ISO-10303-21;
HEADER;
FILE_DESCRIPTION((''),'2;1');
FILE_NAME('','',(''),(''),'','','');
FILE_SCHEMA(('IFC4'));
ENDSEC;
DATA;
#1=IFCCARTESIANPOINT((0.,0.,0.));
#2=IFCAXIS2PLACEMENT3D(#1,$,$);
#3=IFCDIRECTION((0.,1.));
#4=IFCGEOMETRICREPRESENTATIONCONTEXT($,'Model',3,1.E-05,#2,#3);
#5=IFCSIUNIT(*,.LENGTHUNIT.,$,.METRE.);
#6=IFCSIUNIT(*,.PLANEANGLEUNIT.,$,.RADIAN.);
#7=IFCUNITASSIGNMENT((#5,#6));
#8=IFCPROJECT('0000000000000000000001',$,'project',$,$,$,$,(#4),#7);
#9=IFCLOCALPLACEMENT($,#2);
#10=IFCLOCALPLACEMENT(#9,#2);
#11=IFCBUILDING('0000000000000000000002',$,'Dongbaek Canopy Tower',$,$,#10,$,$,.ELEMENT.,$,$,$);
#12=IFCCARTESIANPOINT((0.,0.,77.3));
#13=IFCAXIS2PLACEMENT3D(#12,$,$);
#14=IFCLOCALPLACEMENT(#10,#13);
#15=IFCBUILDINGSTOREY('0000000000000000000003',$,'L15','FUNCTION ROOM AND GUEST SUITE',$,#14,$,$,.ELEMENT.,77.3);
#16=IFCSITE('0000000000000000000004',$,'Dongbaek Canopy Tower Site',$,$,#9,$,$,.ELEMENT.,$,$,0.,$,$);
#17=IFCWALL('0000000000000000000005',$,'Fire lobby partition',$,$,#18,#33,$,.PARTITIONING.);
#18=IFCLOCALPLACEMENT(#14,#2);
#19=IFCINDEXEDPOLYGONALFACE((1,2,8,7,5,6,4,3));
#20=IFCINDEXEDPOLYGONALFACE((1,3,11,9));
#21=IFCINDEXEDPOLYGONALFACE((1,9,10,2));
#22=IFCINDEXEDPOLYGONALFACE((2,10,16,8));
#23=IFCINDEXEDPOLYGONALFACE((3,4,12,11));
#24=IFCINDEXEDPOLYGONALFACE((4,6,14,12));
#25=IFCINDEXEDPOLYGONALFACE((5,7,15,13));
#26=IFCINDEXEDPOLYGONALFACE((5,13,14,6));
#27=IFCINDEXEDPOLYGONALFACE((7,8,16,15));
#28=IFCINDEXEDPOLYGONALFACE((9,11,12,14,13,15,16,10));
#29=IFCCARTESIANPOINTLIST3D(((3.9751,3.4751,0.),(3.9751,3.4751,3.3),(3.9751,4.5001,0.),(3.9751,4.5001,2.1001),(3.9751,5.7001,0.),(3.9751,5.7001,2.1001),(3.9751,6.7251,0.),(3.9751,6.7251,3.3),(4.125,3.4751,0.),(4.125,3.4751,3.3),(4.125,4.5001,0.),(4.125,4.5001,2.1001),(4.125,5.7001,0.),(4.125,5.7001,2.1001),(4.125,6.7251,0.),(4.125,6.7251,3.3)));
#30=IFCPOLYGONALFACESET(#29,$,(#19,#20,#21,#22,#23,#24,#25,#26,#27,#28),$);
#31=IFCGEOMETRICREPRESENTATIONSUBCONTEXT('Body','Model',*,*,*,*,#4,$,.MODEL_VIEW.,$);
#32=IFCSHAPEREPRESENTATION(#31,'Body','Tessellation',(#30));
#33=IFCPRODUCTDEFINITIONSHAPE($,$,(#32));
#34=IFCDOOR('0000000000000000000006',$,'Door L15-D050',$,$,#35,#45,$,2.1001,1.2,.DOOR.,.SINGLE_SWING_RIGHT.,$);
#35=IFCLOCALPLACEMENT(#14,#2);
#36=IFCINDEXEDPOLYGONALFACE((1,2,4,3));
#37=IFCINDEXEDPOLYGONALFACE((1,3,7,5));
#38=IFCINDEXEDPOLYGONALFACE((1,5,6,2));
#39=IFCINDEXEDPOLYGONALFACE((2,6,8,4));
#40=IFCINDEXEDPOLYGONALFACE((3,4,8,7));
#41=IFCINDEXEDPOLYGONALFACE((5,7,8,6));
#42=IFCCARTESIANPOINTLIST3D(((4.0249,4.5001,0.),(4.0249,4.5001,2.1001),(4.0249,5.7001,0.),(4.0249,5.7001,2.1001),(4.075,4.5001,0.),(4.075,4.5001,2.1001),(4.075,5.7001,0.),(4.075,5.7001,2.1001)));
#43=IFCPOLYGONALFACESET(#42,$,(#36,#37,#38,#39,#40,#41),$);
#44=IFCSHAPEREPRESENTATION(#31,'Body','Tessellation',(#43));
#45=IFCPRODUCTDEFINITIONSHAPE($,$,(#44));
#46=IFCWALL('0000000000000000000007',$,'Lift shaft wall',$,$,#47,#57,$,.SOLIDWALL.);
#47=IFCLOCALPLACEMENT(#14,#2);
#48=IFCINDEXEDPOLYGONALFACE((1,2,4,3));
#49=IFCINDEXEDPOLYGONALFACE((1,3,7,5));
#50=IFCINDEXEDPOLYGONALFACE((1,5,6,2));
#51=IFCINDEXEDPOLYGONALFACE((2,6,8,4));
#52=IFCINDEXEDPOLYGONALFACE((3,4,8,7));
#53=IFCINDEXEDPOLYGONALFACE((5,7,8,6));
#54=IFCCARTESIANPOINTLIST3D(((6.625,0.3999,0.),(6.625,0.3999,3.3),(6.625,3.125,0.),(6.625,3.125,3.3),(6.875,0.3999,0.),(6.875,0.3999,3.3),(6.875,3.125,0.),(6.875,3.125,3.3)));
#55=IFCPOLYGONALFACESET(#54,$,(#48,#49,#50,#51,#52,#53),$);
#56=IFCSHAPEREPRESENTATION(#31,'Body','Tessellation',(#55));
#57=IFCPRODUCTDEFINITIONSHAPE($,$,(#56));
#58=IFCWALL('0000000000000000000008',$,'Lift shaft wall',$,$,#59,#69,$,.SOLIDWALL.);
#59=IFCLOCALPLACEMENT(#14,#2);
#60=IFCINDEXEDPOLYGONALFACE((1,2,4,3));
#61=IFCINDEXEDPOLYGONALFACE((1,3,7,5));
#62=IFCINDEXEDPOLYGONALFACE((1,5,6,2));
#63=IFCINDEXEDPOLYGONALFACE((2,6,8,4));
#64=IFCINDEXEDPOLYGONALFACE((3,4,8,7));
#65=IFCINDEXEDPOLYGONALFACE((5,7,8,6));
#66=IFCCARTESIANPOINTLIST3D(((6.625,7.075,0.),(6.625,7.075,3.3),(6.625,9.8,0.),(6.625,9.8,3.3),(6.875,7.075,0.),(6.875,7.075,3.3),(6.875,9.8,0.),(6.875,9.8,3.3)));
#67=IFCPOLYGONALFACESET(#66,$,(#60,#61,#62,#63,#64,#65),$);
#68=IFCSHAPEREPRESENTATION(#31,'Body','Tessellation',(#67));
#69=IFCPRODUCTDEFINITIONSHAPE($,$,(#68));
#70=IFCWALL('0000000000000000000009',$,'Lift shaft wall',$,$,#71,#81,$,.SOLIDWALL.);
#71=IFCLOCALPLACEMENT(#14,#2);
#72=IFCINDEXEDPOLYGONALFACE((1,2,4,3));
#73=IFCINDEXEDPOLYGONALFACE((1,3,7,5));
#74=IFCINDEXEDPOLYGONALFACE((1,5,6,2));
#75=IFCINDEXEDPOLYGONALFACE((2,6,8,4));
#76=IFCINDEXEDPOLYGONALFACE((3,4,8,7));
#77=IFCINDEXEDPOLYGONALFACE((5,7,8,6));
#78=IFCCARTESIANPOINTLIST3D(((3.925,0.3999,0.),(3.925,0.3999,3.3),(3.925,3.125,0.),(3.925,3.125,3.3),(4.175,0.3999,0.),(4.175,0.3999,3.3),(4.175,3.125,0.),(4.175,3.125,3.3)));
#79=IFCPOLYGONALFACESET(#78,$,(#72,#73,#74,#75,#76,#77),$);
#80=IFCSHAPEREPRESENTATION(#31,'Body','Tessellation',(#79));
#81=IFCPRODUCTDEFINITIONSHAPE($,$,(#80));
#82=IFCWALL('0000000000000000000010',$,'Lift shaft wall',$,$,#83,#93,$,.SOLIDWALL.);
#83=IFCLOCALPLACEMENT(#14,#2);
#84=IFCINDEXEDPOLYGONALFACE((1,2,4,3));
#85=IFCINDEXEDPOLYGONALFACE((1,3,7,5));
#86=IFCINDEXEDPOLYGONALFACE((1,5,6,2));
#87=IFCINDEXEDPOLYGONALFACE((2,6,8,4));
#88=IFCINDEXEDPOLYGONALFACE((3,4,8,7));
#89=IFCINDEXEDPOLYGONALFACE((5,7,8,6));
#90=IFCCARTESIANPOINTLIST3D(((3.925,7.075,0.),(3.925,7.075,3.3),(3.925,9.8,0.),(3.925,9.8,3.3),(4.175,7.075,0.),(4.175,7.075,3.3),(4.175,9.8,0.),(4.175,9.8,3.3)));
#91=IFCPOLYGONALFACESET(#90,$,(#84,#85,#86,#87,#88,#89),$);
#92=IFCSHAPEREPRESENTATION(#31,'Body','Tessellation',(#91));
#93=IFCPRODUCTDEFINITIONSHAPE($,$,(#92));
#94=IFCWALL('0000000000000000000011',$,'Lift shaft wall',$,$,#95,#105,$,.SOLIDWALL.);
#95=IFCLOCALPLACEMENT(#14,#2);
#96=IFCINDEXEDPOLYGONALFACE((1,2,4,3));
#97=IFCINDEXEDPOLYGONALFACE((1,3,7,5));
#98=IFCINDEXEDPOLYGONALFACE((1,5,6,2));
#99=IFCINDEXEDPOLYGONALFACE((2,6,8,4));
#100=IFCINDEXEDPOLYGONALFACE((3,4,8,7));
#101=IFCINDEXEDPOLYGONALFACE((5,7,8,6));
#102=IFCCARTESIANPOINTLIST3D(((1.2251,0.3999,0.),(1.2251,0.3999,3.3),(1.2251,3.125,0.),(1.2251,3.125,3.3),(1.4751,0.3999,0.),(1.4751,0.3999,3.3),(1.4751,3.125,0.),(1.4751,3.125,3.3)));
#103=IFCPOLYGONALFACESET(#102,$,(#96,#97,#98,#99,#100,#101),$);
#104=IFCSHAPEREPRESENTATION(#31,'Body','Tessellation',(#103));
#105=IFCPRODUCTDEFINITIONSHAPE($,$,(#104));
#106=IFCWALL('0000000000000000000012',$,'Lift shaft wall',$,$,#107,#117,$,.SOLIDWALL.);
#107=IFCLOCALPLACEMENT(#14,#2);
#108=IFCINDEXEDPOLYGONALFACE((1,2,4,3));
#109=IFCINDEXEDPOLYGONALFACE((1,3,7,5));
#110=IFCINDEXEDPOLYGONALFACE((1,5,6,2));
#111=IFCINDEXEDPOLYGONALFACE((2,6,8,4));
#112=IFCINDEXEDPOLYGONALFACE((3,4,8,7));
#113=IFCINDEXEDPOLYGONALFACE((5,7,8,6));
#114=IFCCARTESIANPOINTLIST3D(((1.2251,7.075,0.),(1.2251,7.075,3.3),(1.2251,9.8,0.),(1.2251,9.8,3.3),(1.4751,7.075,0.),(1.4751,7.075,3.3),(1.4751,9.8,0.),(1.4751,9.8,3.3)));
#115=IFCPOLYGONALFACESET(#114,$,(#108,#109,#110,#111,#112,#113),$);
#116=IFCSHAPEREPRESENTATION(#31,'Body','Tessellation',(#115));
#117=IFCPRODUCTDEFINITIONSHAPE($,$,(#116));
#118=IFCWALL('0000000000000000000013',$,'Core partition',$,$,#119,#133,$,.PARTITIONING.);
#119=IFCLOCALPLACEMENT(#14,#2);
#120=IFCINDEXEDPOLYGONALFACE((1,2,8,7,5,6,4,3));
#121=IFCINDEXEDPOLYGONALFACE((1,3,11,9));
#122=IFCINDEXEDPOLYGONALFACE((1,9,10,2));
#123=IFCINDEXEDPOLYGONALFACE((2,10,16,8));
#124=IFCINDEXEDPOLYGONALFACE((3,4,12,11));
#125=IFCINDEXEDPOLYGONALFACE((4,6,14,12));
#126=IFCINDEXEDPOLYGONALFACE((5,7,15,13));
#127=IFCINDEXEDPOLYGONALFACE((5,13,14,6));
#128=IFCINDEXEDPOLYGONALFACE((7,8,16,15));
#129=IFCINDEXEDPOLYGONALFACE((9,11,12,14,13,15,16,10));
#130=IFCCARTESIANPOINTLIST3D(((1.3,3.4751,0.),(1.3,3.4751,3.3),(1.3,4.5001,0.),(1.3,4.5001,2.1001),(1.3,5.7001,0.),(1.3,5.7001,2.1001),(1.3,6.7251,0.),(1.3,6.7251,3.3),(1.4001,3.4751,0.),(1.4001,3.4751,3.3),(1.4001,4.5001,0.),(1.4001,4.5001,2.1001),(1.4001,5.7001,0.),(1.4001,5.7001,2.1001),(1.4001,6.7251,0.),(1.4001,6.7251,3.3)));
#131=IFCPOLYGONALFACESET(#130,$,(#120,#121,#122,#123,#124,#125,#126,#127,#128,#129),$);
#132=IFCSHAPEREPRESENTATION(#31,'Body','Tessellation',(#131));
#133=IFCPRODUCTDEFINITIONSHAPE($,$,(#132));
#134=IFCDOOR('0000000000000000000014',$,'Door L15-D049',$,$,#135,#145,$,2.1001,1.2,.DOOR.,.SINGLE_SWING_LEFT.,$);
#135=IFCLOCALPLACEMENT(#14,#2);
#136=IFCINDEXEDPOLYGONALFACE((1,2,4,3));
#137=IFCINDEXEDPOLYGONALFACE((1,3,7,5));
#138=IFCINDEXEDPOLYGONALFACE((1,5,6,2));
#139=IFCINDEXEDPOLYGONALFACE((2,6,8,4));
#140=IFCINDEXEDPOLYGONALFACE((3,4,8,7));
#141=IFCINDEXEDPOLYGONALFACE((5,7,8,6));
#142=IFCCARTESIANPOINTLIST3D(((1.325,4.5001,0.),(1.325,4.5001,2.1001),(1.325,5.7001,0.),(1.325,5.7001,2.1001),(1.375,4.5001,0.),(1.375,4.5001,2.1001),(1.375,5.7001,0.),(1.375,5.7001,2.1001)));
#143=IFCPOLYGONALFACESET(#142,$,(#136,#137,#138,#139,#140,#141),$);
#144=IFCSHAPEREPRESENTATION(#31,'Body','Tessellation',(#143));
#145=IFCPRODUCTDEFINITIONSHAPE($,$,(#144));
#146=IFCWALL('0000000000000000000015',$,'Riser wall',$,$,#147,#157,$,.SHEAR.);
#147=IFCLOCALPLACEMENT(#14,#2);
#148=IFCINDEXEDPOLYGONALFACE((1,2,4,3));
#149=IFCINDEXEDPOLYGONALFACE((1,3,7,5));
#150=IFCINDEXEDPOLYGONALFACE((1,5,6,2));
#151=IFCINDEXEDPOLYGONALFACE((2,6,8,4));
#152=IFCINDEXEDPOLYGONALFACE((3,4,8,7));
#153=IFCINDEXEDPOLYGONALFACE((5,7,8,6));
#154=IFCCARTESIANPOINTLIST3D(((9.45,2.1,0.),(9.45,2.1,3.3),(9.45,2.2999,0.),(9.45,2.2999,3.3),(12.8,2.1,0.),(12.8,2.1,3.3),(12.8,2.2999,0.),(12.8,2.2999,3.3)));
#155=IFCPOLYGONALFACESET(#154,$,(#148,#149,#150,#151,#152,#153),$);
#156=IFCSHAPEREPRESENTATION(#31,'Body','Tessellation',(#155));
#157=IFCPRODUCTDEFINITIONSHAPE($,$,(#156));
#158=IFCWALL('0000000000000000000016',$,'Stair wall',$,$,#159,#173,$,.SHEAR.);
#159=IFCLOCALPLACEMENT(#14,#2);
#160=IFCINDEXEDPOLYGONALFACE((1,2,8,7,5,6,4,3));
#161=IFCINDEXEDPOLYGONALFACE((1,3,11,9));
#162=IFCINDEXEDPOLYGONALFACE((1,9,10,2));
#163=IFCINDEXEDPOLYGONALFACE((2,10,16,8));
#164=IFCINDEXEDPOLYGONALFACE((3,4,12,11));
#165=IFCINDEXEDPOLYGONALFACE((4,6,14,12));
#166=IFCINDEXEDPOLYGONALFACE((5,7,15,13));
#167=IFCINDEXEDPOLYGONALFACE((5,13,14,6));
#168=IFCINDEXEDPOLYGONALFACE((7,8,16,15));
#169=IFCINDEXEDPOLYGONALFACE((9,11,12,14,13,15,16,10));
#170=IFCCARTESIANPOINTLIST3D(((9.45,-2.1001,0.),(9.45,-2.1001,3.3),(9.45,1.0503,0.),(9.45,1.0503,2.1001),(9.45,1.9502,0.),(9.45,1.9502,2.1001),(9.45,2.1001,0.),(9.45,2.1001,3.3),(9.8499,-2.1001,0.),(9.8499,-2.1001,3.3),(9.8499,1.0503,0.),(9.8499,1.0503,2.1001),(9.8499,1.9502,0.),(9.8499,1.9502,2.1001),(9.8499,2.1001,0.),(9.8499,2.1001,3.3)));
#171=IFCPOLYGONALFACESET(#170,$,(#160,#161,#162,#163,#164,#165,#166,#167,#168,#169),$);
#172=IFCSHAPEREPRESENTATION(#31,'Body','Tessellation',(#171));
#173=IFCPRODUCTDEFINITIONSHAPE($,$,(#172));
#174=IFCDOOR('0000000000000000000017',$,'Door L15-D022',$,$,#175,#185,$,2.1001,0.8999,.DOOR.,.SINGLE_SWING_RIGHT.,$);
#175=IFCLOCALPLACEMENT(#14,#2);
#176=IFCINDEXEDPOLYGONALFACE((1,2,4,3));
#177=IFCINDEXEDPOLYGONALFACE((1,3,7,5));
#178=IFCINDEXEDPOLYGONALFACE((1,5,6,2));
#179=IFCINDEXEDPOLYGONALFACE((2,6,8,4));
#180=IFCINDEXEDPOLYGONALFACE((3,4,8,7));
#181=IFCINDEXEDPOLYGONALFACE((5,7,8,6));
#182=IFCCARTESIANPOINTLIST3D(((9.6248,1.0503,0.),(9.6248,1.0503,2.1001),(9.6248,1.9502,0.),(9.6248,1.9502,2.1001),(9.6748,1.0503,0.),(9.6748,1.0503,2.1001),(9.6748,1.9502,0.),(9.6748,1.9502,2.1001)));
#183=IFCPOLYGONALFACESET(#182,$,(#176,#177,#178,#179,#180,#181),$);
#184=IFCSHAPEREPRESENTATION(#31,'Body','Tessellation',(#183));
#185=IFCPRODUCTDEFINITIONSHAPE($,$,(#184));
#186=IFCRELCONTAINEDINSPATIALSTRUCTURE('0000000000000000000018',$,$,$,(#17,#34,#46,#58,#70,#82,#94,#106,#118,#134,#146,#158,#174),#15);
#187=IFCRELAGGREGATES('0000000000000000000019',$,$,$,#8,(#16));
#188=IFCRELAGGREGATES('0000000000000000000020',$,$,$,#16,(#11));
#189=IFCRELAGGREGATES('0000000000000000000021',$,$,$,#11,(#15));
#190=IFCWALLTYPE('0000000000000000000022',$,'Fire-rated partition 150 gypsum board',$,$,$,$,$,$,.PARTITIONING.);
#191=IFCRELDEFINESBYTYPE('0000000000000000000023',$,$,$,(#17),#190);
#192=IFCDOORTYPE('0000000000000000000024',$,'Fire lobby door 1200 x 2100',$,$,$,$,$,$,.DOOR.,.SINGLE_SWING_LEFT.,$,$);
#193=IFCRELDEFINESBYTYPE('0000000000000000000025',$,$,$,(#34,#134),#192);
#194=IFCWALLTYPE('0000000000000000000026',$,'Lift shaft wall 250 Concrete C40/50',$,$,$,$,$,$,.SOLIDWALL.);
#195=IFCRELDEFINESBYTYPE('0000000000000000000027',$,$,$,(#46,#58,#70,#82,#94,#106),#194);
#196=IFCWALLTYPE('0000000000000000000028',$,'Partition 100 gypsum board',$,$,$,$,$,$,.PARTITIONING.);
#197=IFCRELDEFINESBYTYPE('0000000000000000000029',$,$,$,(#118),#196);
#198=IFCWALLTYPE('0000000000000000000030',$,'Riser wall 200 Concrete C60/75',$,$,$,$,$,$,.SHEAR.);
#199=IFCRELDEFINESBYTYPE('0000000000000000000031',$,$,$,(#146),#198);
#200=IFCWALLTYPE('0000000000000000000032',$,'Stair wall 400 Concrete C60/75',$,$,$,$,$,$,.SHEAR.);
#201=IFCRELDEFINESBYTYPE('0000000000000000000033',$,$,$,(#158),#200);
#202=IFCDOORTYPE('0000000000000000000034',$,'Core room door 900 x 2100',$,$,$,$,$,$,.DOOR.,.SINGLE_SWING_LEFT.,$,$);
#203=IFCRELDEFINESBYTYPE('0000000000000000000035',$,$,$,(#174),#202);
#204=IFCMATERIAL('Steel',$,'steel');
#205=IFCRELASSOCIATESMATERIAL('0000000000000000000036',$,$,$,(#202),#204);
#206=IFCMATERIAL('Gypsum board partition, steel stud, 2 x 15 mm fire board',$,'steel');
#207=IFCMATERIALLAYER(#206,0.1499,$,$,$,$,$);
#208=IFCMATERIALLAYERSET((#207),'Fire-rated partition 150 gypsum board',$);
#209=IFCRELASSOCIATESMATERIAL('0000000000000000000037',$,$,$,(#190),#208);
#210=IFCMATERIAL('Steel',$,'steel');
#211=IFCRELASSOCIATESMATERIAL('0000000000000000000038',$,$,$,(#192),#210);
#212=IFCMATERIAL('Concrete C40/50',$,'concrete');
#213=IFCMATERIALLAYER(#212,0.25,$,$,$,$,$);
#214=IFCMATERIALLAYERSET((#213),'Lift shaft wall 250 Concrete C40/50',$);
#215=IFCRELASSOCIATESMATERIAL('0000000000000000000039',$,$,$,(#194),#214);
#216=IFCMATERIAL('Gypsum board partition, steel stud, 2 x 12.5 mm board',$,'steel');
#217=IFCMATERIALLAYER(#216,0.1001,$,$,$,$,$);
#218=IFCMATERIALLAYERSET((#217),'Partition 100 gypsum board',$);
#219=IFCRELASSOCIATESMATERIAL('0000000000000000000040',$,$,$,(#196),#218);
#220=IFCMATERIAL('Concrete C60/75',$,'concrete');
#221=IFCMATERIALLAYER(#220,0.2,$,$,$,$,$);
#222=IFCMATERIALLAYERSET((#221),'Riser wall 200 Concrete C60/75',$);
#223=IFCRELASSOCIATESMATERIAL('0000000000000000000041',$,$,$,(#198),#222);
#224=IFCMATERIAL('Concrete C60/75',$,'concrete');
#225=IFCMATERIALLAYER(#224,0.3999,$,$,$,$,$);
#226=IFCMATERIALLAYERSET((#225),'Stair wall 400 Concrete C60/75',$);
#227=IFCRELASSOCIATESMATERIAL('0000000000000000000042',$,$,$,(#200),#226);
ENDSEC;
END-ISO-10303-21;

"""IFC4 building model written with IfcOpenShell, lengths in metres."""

from ifc_helpers import new_model, si_unit, direction, frame, frame_2d, origin, place, context, subcontext, project, spatial, rectangle, extrude, material, layer, layer_set, type_object, element, fill, save


model = new_model("IFC4")

# Units and contexts
model_context = context("Model", 3, precision=1e-05, world=origin(), true_north=direction((0.0, 1.0)))
body_context = subcontext(model_context, "Body", "Model", "MODEL_VIEW")
ifc_project = project(units=[si_unit("LENGTHUNIT", "METRE"), si_unit("PLANEANGLEUNIT", "RADIAN")], contexts=[model_context])

# Site, building, storey
site_placement = place(None, origin())
site = spatial("IfcSite", under=ifc_project, at=site_placement, Name="Dongbaek Canopy Tower Site", CompositionType="ELEMENT", RefElevation=0.0)
building_placement = place(site_placement, origin())
building = spatial("IfcBuilding", under=site, at=building_placement, Name="Dongbaek Canopy Tower", CompositionType="ELEMENT")
storey_placement = place(building_placement, frame((0.0, 0.0, 77.3)))
storey = spatial("IfcBuildingStorey", under=building, at=storey_placement, Name="L15", Description="FUNCTION ROOM AND GUEST SUITE", CompositionType="ELEMENT", Elevation=77.3)

# Shared definitions
ifc_material_1 = material(Name="Steel", Category="steel")
door_type_1 = type_object("IfcDoorType", Name="Core room door 900 x 2100", OperationType="SINGLE_SWING_LEFT", PredefinedType="DOOR", material=ifc_material_1)

# Shared definitions
ifc_material_2 = material(Name="Gypsum board partition, steel stud, 2 x 15 mm fire board", Category="steel")
ifc_layer_1 = layer(ifc_material_2, 0.1499)
ifc_layer_set_1 = layer_set([ifc_layer_1], Name="Fire-rated partition 150 gypsum board")
wall_type_1 = type_object("IfcWallType", Name="Fire-rated partition 150 gypsum board", PredefinedType="PARTITIONING", material=ifc_layer_set_1)

# Wall, opening, door
wall_1_placement = place(storey_placement, frame((4.05, 6.7251, 0.0), z_axis=(0.0, 0.0, 1.0), x_axis=(0.0, -1.0, 0.0)))
wall_1 = element("IfcWall", 1, at=wall_1_placement, inside=storey, type_object=wall_type_1, Name="Fire lobby partition", PredefinedType="PARTITIONING", context=body_context, shape_type="SweptSolid", body=[
    extrude(rectangle(XDim=3.25, YDim=0.1499, at=frame_2d((1.625, 0.0))), origin(), (0.0, 0.0, 1.0), 3.3),
])
opening_1_placement = place(wall_1_placement, frame((1.0249, 0.0, 0.0)))
opening_1 = element("IfcOpeningElement", 2, at=opening_1_placement, cuts=wall_1, PredefinedType="OPENING", context=body_context, shape_type="SweptSolid", body=[
    extrude(rectangle(XDim=1.2, YDim=2.1001, at=frame_2d((0.6001, 1.05))), frame((0.0, 0.085, 0.0), z_axis=(0.0, -1.0, 0.0), x_axis=(1.0, 0.0, 0.0)), (0.0, 0.0, 1.0), 0.1699),
])
ifc_material_3 = material(Name="Steel", Category="steel")
door_type_2 = type_object("IfcDoorType", Name="Fire lobby door 1200 x 2100", OperationType="SINGLE_SWING_LEFT", PredefinedType="DOOR", material=ifc_material_3)
door_1_placement = place(opening_1_placement, origin())
door_1 = element("IfcDoor", 3, at=door_1_placement, inside=storey, type_object=door_type_2, Name="Door L15-D050", OperationType="SINGLE_SWING_RIGHT", OverallHeight=2.1001, OverallWidth=1.2, PredefinedType="DOOR", context=body_context, shape_type="SweptSolid", body=[
    extrude(rectangle(XDim=1.2, YDim=2.1001, at=frame_2d((0.6001, 1.05))), frame((0.0, 0.0249, 0.0), z_axis=(0.0, -1.0, 0.0), x_axis=(1.0, 0.0, 0.0)), (0.0, 0.0, 1.0), 0.05),
])
fill(opening_1, door_1)

# Walls
ifc_material_4 = material(Name="Concrete C40/50", Category="concrete")
ifc_layer_2 = layer(ifc_material_4, 0.25)
ifc_layer_set_2 = layer_set([ifc_layer_2], Name="Lift shaft wall 250 Concrete C40/50")
wall_type_2 = type_object("IfcWallType", Name="Lift shaft wall 250 Concrete C40/50", PredefinedType="SOLIDWALL", material=ifc_layer_set_2)
for number, where, z_axis, x_axis, name in (
    (4, (6.75, 0.3999, 0.0), (0.0, 0.0, 1.0), (0.0, 1.0, 0.0), "Lift shaft wall"),
    (5, (6.75, 7.075, 0.0), (0.0, 0.0, 1.0), (0.0, 1.0, 0.0), "Lift shaft wall"),
    (6, (4.05, 0.3999, 0.0), (0.0, 0.0, 1.0), (0.0, 1.0, 0.0), "Lift shaft wall"),
    (7, (4.05, 7.075, 0.0), (0.0, 0.0, 1.0), (0.0, 1.0, 0.0), "Lift shaft wall"),
    (8, (1.3501, 0.3999, 0.0), (0.0, 0.0, 1.0), (0.0, 1.0, 0.0), "Lift shaft wall"),
    (9, (1.3501, 7.075, 0.0), (0.0, 0.0, 1.0), (0.0, 1.0, 0.0), "Lift shaft wall"),
):
    element("IfcWall", number, at=place(storey_placement, frame(where, z_axis=z_axis, x_axis=x_axis)), inside=storey, type_object=wall_type_2, Name=name, PredefinedType="SOLIDWALL", context=body_context, shape_type="SweptSolid", body=[
        extrude(rectangle(XDim=2.7251, YDim=0.25, at=frame_2d((1.3625, 0.0))), origin(), (0.0, 0.0, 1.0), 3.3),
    ])

# Wall, opening, door
ifc_material_5 = material(Name="Gypsum board partition, steel stud, 2 x 12.5 mm board", Category="steel")
ifc_layer_3 = layer(ifc_material_5, 0.1001)
ifc_layer_set_3 = layer_set([ifc_layer_3], Name="Partition 100 gypsum board")
wall_type_3 = type_object("IfcWallType", Name="Partition 100 gypsum board", PredefinedType="PARTITIONING", material=ifc_layer_set_3)
wall_2_placement = place(storey_placement, frame((1.3501, 6.7251, 0.0), z_axis=(0.0, 0.0, 1.0), x_axis=(0.0, -1.0, 0.0)))
wall_2 = element("IfcWall", 10, at=wall_2_placement, inside=storey, type_object=wall_type_3, Name="Core partition", PredefinedType="PARTITIONING", context=body_context, shape_type="SweptSolid", body=[
    extrude(rectangle(XDim=3.25, YDim=0.1001, at=frame_2d((1.625, 0.0))), origin(), (0.0, 0.0, 1.0), 3.3),
])
opening_2_placement = place(wall_2_placement, frame((1.0249, 0.0, 0.0)))
opening_2 = element("IfcOpeningElement", 11, at=opening_2_placement, cuts=wall_2, PredefinedType="OPENING", context=body_context, shape_type="SweptSolid", body=[
    extrude(rectangle(XDim=1.2, YDim=2.1001, at=frame_2d((0.6001, 1.05))), frame((0.0, 0.0601, 0.0), z_axis=(0.0, -1.0, 0.0), x_axis=(1.0, 0.0, 0.0)), (0.0, 0.0, 1.0), 0.1201),
])
door_2_placement = place(opening_2_placement, origin())
door_2 = element("IfcDoor", 12, at=door_2_placement, inside=storey, type_object=door_type_2, Name="Door L15-D049", OperationType="SINGLE_SWING_LEFT", OverallHeight=2.1001, OverallWidth=1.2, PredefinedType="DOOR", context=body_context, shape_type="SweptSolid", body=[
    extrude(rectangle(XDim=1.2, YDim=2.1001, at=frame_2d((0.6001, 1.05))), frame((0.0, 0.0249, 0.0), z_axis=(0.0, -1.0, 0.0), x_axis=(1.0, 0.0, 0.0)), (0.0, 0.0, 1.0), 0.05),
])
fill(opening_2, door_2)

# Wall
ifc_material_6 = material(Name="Concrete C60/75", Category="concrete")
ifc_layer_4 = layer(ifc_material_6, 0.2)
ifc_layer_set_4 = layer_set([ifc_layer_4], Name="Riser wall 200 Concrete C60/75")
wall_type_4 = type_object("IfcWallType", Name="Riser wall 200 Concrete C60/75", PredefinedType="SHEAR", material=ifc_layer_set_4)
wall_3_placement = place(storey_placement, frame((9.45, 2.2, 0.0), z_axis=(0.0, 0.0, 1.0), x_axis=(1.0, 0.0, 0.0)))
element("IfcWall", 13, at=wall_3_placement, inside=storey, type_object=wall_type_4, Name="Riser wall", PredefinedType="SHEAR", context=body_context, shape_type="SweptSolid", body=[
    extrude(rectangle(XDim=3.3501, YDim=0.2, at=frame_2d((1.675, 0.0))), origin(), (0.0, 0.0, 1.0), 3.3),
])

# Wall, opening, door
ifc_material_7 = material(Name="Concrete C60/75", Category="concrete")
ifc_layer_5 = layer(ifc_material_7, 0.3999)
ifc_layer_set_5 = layer_set([ifc_layer_5], Name="Stair wall 400 Concrete C60/75")
wall_type_5 = type_object("IfcWallType", Name="Stair wall 400 Concrete C60/75", PredefinedType="SHEAR", material=ifc_layer_set_5)
wall_4_placement = place(storey_placement, frame((9.6499, 2.1001, 0.0), z_axis=(0.0, 0.0, 1.0), x_axis=(0.0, -1.0, 0.0)))
wall_4 = element("IfcWall", 14, at=wall_4_placement, inside=storey, type_object=wall_type_5, Name="Stair wall", PredefinedType="SHEAR", context=body_context, shape_type="SweptSolid", body=[
    extrude(rectangle(XDim=4.2002, YDim=0.3999, at=frame_2d((2.1001, 0.0))), origin(), (0.0, 0.0, 1.0), 3.3),
])
opening_3_placement = place(wall_4_placement, frame((0.1499, 0.0, 0.0)))
opening_3 = element("IfcOpeningElement", 15, at=opening_3_placement, cuts=wall_4, PredefinedType="OPENING", context=body_context, shape_type="SweptSolid", body=[
    extrude(rectangle(XDim=0.8999, YDim=2.1001, at=frame_2d((0.45, 1.05))), frame((0.0, 0.21, 0.0), z_axis=(0.0, -1.0, 0.0), x_axis=(1.0, 0.0, 0.0)), (0.0, 0.0, 1.0), 0.4199),
])
door_3_placement = place(opening_3_placement, origin())
door_3 = element("IfcDoor", 16, at=door_3_placement, inside=storey, type_object=door_type_1, Name="Door L15-D022", OperationType="SINGLE_SWING_RIGHT", OverallHeight=2.1001, OverallWidth=0.8999, PredefinedType="DOOR", context=body_context, shape_type="SweptSolid", body=[
    extrude(rectangle(XDim=0.8999, YDim=2.1001, at=frame_2d((0.45, 1.05))), frame((0.0, 0.0249, 0.0), z_axis=(0.0, -1.0, 0.0), x_axis=(1.0, 0.0, 0.0)), (0.0, 0.0, 1.0), 0.05),
])
fill(opening_3, door_3)

save(model, "model.ifc")
